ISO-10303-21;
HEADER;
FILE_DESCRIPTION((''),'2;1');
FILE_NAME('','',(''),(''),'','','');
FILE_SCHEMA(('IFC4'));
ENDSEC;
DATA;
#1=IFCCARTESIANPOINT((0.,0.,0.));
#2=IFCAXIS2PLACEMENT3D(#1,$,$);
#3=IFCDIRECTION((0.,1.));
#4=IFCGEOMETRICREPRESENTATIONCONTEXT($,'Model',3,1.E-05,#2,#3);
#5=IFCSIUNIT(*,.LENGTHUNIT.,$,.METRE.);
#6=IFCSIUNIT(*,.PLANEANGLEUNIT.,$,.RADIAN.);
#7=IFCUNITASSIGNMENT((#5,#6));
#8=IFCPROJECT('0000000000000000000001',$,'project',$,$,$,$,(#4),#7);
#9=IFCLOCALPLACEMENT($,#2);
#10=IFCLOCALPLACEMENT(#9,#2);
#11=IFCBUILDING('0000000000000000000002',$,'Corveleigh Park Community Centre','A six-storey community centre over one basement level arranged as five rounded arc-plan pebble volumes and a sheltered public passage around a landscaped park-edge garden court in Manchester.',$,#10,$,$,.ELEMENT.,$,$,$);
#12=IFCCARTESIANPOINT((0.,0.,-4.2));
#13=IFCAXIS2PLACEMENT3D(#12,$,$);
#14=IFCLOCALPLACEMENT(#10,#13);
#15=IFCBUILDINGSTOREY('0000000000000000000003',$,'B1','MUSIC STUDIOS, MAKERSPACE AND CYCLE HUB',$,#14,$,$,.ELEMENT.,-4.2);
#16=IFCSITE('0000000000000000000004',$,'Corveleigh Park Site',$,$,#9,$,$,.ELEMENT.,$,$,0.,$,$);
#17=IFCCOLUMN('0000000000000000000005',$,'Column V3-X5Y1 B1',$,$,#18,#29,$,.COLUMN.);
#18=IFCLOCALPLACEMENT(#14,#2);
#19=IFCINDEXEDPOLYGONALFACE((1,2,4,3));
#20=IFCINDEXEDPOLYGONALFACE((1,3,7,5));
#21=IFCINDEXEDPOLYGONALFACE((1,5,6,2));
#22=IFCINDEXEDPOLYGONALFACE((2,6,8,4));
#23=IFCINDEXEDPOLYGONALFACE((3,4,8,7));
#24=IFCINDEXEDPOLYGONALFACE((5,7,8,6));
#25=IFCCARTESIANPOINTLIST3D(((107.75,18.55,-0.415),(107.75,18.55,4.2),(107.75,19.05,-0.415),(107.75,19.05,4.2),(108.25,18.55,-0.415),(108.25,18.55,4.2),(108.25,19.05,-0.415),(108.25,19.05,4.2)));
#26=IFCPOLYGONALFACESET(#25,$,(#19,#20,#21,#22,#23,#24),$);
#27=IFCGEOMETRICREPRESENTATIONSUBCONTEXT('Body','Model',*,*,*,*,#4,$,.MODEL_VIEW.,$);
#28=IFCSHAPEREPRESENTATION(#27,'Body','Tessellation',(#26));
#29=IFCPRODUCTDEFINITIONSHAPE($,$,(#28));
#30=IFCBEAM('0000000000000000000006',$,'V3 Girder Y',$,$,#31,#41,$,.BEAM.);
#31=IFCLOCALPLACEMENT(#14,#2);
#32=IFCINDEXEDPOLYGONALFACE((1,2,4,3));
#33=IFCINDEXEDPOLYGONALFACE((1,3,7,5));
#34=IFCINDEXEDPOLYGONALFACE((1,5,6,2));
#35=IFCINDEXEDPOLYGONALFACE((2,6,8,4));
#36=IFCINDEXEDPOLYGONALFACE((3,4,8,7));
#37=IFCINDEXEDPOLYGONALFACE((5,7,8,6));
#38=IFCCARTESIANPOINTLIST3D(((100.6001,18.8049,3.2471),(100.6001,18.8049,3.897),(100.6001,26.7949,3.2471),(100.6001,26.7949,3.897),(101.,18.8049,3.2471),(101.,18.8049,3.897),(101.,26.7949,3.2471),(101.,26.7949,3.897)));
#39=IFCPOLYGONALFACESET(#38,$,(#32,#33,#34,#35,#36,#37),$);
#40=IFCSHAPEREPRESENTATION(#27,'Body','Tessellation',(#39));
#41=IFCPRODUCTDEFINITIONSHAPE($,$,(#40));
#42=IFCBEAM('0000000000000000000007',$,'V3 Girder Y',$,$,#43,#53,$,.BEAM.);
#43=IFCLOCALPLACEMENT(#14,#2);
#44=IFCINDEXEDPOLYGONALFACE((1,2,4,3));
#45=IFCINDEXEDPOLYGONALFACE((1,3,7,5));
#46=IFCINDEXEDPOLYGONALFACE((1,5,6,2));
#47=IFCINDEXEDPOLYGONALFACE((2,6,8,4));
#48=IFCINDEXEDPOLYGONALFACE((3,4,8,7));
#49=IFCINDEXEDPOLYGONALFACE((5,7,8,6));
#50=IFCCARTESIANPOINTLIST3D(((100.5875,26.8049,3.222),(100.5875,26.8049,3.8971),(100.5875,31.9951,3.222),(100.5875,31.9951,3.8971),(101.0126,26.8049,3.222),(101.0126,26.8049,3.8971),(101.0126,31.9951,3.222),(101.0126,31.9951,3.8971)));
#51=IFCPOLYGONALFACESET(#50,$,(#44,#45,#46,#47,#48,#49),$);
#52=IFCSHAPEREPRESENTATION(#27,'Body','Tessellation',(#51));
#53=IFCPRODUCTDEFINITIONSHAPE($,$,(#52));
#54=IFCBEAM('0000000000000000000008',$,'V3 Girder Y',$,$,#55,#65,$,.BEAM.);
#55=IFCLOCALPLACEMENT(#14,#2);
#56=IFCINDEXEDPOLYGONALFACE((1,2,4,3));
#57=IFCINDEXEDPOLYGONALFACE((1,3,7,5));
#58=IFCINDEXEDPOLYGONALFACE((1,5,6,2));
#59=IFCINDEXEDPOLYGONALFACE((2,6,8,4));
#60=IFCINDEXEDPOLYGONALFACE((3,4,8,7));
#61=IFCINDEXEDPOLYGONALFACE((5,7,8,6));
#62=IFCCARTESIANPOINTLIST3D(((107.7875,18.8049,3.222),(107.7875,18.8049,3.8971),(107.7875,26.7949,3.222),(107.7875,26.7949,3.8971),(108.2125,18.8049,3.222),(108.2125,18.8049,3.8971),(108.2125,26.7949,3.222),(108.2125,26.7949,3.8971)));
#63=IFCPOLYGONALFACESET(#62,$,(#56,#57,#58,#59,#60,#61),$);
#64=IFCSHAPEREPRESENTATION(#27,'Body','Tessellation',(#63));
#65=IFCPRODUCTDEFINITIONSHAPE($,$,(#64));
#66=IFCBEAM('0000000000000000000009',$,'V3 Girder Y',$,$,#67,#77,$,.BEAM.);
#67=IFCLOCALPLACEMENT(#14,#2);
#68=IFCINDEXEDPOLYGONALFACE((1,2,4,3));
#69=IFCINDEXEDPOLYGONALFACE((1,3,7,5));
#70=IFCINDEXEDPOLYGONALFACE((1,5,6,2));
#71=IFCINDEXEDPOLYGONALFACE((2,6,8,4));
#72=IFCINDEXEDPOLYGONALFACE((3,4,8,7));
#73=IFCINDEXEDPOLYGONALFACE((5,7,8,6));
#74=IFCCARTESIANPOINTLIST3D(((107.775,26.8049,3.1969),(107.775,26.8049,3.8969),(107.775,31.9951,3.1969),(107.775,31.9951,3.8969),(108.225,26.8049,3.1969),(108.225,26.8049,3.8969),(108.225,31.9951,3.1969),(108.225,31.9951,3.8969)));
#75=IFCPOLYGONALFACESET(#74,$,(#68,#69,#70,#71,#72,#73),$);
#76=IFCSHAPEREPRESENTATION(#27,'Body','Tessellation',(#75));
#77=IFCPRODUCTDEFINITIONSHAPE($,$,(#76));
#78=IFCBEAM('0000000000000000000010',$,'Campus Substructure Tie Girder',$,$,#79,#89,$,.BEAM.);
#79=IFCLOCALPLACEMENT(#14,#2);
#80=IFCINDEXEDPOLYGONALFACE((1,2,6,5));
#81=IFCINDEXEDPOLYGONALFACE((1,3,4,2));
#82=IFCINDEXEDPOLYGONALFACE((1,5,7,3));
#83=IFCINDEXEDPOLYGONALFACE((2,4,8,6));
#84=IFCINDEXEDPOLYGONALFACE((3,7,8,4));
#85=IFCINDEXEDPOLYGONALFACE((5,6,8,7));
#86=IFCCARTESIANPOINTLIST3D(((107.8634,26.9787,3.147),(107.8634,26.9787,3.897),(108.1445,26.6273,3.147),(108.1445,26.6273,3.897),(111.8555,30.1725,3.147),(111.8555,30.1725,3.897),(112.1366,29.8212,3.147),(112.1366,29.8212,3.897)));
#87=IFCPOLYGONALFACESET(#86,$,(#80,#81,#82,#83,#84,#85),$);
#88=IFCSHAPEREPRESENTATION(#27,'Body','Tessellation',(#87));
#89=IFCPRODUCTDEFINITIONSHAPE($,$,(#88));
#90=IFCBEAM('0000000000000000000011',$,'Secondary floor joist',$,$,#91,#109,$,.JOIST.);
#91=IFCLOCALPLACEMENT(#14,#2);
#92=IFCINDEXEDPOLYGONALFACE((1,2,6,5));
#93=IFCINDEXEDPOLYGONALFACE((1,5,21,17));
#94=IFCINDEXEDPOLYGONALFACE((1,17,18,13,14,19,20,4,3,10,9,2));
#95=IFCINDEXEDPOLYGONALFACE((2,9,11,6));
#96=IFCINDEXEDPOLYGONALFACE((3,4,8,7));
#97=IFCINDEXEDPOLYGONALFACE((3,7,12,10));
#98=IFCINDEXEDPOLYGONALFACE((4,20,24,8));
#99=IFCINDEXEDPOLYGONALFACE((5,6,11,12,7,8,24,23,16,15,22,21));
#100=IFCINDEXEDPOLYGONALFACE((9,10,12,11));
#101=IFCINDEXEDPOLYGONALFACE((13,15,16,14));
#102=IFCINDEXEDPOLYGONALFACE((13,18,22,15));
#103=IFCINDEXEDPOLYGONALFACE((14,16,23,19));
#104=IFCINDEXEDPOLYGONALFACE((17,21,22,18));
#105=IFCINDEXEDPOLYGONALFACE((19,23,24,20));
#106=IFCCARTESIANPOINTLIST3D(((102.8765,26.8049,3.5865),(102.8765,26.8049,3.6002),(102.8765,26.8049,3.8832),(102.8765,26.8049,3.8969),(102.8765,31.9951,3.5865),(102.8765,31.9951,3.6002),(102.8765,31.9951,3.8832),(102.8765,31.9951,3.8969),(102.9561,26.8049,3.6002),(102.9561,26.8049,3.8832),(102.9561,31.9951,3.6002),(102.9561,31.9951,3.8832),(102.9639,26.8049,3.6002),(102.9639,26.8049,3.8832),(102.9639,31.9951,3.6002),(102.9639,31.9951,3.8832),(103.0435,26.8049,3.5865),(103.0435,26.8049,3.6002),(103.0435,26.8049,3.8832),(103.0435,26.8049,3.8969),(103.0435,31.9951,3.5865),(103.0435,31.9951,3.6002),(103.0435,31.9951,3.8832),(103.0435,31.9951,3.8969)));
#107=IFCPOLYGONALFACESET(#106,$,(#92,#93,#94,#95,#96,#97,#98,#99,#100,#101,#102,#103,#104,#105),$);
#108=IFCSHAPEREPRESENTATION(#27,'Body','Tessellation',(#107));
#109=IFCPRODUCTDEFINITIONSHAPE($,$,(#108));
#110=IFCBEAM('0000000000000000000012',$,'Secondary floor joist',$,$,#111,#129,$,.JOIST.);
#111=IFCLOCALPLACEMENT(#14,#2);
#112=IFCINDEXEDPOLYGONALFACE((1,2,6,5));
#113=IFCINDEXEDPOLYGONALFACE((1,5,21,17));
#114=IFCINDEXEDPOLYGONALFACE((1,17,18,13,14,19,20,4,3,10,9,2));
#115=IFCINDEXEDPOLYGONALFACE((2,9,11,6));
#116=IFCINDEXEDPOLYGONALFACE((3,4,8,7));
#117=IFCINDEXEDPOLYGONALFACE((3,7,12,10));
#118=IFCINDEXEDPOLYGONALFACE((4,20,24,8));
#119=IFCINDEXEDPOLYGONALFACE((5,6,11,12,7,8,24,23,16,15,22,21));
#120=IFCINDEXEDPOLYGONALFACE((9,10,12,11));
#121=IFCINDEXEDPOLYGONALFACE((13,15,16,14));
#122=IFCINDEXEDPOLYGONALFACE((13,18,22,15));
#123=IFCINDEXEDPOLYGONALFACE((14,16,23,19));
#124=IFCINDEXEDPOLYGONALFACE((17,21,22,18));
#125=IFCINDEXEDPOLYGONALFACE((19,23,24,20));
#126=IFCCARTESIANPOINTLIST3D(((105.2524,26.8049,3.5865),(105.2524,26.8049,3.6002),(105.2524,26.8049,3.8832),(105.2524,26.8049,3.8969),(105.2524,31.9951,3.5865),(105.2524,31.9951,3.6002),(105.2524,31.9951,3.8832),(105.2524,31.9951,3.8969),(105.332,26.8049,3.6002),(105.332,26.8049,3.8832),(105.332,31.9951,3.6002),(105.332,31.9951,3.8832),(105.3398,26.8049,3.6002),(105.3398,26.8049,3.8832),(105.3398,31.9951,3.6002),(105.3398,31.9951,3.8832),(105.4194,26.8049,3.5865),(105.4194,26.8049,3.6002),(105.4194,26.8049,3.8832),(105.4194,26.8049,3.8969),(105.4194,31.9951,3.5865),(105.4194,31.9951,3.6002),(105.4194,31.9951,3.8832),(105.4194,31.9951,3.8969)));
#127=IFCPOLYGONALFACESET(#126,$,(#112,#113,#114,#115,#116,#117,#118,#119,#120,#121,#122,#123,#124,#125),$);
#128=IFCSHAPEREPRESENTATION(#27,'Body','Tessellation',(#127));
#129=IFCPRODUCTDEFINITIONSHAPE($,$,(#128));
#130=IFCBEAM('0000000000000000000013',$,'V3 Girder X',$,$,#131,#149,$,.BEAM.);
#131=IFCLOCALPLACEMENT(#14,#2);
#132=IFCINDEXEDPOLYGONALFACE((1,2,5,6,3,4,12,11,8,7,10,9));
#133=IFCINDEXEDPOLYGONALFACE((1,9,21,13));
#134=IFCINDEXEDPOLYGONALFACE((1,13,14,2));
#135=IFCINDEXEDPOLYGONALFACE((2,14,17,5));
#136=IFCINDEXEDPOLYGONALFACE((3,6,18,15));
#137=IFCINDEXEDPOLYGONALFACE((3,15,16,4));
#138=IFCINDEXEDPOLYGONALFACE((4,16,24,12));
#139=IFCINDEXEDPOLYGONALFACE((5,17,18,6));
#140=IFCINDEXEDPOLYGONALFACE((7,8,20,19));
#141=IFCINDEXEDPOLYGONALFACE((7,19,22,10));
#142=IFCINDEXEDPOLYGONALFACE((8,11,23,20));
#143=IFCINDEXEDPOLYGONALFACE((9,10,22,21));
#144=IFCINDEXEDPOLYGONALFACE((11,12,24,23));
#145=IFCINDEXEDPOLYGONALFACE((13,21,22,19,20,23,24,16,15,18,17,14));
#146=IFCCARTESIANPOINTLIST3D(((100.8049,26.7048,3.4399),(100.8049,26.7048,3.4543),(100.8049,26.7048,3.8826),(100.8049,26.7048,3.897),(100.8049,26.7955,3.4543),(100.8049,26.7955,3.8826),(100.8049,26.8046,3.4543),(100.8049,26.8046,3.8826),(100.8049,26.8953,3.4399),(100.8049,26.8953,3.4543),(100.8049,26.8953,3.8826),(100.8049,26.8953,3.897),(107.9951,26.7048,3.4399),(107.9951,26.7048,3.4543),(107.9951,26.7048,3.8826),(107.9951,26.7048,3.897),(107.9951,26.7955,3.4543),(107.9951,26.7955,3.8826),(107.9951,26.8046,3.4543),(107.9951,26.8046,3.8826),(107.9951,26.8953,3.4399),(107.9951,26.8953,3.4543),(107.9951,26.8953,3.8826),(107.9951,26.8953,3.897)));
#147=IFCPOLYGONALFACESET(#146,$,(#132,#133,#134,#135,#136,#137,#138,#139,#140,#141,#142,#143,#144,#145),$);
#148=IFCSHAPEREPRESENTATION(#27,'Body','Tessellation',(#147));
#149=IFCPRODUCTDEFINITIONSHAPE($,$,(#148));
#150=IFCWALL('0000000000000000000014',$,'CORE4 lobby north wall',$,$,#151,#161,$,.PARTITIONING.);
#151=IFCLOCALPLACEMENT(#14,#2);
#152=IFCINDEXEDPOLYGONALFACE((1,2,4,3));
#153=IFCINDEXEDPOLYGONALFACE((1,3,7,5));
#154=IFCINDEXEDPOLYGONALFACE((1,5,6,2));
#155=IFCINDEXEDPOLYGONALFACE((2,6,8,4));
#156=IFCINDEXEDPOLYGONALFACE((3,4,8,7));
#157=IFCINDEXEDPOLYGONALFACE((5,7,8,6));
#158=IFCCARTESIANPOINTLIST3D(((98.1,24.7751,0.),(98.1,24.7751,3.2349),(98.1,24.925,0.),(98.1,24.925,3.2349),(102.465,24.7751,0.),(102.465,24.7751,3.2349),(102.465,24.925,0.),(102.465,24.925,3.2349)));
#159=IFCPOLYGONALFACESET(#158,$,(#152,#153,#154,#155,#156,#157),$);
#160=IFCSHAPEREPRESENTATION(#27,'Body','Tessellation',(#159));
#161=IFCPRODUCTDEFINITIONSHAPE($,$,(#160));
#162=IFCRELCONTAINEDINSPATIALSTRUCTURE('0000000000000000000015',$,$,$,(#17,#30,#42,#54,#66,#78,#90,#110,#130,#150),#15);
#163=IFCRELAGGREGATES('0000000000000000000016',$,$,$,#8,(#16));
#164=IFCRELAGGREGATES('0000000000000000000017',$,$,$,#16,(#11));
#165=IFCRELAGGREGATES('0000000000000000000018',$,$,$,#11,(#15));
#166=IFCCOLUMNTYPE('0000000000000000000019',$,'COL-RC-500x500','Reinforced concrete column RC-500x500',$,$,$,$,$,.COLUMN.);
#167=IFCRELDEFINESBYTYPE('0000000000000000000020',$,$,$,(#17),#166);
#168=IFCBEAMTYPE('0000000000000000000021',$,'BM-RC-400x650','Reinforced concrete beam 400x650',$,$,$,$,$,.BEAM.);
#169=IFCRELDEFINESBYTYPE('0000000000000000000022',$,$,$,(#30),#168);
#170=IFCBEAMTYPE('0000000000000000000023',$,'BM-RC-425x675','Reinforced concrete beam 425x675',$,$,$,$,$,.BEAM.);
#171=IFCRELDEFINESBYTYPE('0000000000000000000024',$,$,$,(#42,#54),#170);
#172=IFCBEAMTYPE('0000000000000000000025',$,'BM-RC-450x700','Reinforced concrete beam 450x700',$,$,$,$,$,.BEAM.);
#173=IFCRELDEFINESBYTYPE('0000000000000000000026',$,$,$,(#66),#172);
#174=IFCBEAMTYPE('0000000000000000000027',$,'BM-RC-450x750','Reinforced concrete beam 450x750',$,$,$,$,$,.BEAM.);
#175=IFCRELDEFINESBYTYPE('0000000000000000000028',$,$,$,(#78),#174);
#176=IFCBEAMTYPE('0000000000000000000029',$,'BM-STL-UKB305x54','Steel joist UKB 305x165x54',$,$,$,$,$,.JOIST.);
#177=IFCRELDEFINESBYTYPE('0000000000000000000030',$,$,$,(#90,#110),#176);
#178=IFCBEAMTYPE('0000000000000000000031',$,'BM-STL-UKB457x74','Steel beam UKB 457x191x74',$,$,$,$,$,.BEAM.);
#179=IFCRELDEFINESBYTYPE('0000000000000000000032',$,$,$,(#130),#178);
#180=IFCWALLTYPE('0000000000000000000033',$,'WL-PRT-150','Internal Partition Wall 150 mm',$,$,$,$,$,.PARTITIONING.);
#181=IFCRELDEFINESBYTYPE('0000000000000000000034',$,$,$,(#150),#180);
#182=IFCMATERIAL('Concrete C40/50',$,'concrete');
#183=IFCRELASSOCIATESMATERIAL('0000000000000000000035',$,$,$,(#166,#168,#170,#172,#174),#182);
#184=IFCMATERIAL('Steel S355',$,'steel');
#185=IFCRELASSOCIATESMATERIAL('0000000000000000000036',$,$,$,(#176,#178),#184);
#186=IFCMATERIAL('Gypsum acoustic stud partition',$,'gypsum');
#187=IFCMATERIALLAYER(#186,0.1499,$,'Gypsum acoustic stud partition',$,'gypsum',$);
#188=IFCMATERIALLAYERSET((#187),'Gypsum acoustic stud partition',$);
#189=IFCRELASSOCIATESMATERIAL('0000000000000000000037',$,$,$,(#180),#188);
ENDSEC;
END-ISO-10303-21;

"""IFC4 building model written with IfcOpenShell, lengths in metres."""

from ifc_helpers import new_model, si_unit, direction, frame, frame_2d, origin, origin_2d, place, context, subcontext, project, spatial, rectangle, i_section, extrude, material, layer, layer_set, material_profile, profile_set, type_object, element, save


model = new_model("IFC4")

# Units and contexts
model_context = context("Model", 3, precision=1e-05, world=origin(), true_north=direction((0.0, 1.0)))
body_context = subcontext(model_context, "Body", "Model", "MODEL_VIEW")
ifc_project = project(units=[si_unit("LENGTHUNIT", "METRE"), si_unit("PLANEANGLEUNIT", "RADIAN")], contexts=[model_context])

# Site, building, storey
site_placement = place(None, origin())
site = spatial("IfcSite", under=ifc_project, at=site_placement, Name="Corveleigh Park Site", CompositionType="ELEMENT", RefElevation=0.0)
building_placement = place(site_placement, origin())
building = spatial("IfcBuilding", under=site, at=building_placement, Name="Corveleigh Park Community Centre", Description="A six-storey community centre over one basement level arranged as five rounded arc-plan pebble volumes and a sheltered public passage around a landscaped park-edge garden court in Manchester.", CompositionType="ELEMENT")
storey_placement = place(building_placement, frame((0.0, 0.0, -4.2)))
storey = spatial("IfcBuildingStorey", under=building, at=storey_placement, Name="B1", Description="MUSIC STUDIOS, MAKERSPACE AND CYCLE HUB", CompositionType="ELEMENT", Elevation=-4.2)

# Shared definitions
ifc_material_1 = material(Name="Concrete C40/50", Category="concrete")

# Column
ifc_material_profile_1 = material_profile(ifc_material_1, rectangle(XDim=0.5, YDim=0.5, at=origin_2d()), Name="RC-500x500", Category="concrete")
ifc_profile_set_1 = profile_set([ifc_material_profile_1], Name="Concrete C40/50")
column_type_1 = type_object("IfcColumnType", Name="COL-RC-500x500", Description="Reinforced concrete column RC-500x500", PredefinedType="COLUMN", material=ifc_profile_set_1)
column_1_placement = place(storey_placement, frame((108.0, 18.8, -0.415), z_axis=(0.0, 0.0, 1.0), x_axis=(1.0, 0.0, 0.0)))
element("IfcColumn", 1, at=column_1_placement, inside=storey, type_object=column_type_1, Name="Column V3-X5Y1 B1", PredefinedType="COLUMN", context=body_context, shape_type="SweptSolid", body=[
    extrude(rectangle(XDim=0.5, YDim=0.5, at=origin_2d()), origin(), (0.0, 0.0, 1.0), 4.615),
])

# Beams
ifc_material_profile_2 = material_profile(ifc_material_1, rectangle(XDim=0.3999, YDim=0.6499, at=origin_2d()), Name="RC-400x650", Category="concrete")
ifc_profile_set_2 = profile_set([ifc_material_profile_2], Name="Concrete C40/50")
beam_type_1 = type_object("IfcBeamType", Name="BM-RC-400x650", Description="Reinforced concrete beam 400x650", PredefinedType="BEAM", material=ifc_profile_set_2)
beam_1_placement = place(storey_placement, frame((100.8, 18.8049, 3.572), z_axis=(0.0, 1.0, 0.0), x_axis=(-1.0, 0.0, 0.0)))
element("IfcBeam", 2, at=beam_1_placement, inside=storey, type_object=beam_type_1, Name="V3 Girder Y", PredefinedType="BEAM", context=body_context, shape_type="SweptSolid", body=[
    extrude(rectangle(XDim=0.3999, YDim=0.6499, at=origin_2d()), origin(), (0.0, 0.0, 1.0), 7.99),
])
ifc_material_profile_3 = material_profile(ifc_material_1, rectangle(XDim=0.425, YDim=0.675, at=origin_2d()), Name="RC-425x675", Category="concrete")
ifc_profile_set_3 = profile_set([ifc_material_profile_3], Name="Concrete C40/50")
beam_type_2 = type_object("IfcBeamType", Name="BM-RC-425x675", Description="Reinforced concrete beam 425x675", PredefinedType="BEAM", material=ifc_profile_set_3)
beam_2_placement = place(storey_placement, frame((100.8, 26.8049, 3.5596), z_axis=(0.0, 1.0, 0.0), x_axis=(-1.0, 0.0, 0.0)))
element("IfcBeam", 3, at=beam_2_placement, inside=storey, type_object=beam_type_2, Name="V3 Girder Y", PredefinedType="BEAM", context=body_context, shape_type="SweptSolid", body=[
    extrude(rectangle(XDim=0.425, YDim=0.675, at=origin_2d()), origin(), (0.0, 0.0, 1.0), 5.1902),
])
beam_3_placement = place(storey_placement, frame((108.0, 18.8049, 3.5596), z_axis=(0.0, 1.0, 0.0), x_axis=(-1.0, 0.0, 0.0)))
element("IfcBeam", 4, at=beam_3_placement, inside=storey, type_object=beam_type_2, Name="V3 Girder Y", PredefinedType="BEAM", context=body_context, shape_type="SweptSolid", body=[
    extrude(rectangle(XDim=0.425, YDim=0.675, at=origin_2d()), origin(), (0.0, 0.0, 1.0), 7.99),
])
ifc_material_profile_4 = material_profile(ifc_material_1, rectangle(XDim=0.45, YDim=0.7, at=origin_2d()), Name="RC-450x700", Category="concrete")
ifc_profile_set_4 = profile_set([ifc_material_profile_4], Name="Concrete C40/50")
beam_type_3 = type_object("IfcBeamType", Name="BM-RC-450x700", Description="Reinforced concrete beam 450x700", PredefinedType="BEAM", material=ifc_profile_set_4)
beam_4_placement = place(storey_placement, frame((108.0, 26.8049, 3.5469), z_axis=(0.0, 1.0, 0.0), x_axis=(-1.0, 0.0, 0.0)))
element("IfcBeam", 5, at=beam_4_placement, inside=storey, type_object=beam_type_3, Name="V3 Girder Y", PredefinedType="BEAM", context=body_context, shape_type="SweptSolid", body=[
    extrude(rectangle(XDim=0.45, YDim=0.7, at=origin_2d()), origin(), (0.0, 0.0, 1.0), 5.1902),
])
ifc_material_profile_5 = material_profile(ifc_material_1, rectangle(XDim=0.45, YDim=0.75, at=origin_2d()), Name="RC-450x750", Category="concrete")
ifc_profile_set_5 = profile_set([ifc_material_profile_5], Name="Concrete C40/50")
beam_type_4 = type_object("IfcBeamType", Name="BM-RC-450x750", Description="Reinforced concrete beam 450x750", PredefinedType="BEAM", material=ifc_profile_set_5)
beam_5_placement = place(storey_placement, frame((111.9961, 29.9968, 3.522), z_axis=(-0.780859, -0.624707, 0.0), x_axis=(0.624707, -0.780859, 0.0)))
element("IfcBeam", 6, at=beam_5_placement, inside=storey, type_object=beam_type_4, Name="Campus Substructure Tie Girder", PredefinedType="BEAM", context=body_context, shape_type="SweptSolid", body=[
    extrude(rectangle(XDim=0.45, YDim=0.75, at=origin_2d()), origin(), (0.0, 0.0, 1.0), 5.1125),
])
ifc_material_2 = material(Name="Steel S355", Category="steel")
ifc_material_profile_6 = material_profile(ifc_material_2, i_section(OverallWidth=0.167, OverallDepth=0.3103, WebThickness=0.0078, FlangeThickness=0.0137, at=origin_2d()), Name="UKB 305x165x54", Category="steel")
ifc_profile_set_6 = profile_set([ifc_material_profile_6], Name="Steel S355")
beam_type_5 = type_object("IfcBeamType", Name="BM-STL-UKB305x54", Description="Steel joist UKB 305x165x54", PredefinedType="JOIST", material=ifc_profile_set_6)
for number, where, z_axis, x_axis, name in (
    (7, (102.96, 26.8049, 3.7417), (0.0, 1.0, 0.0), (-1.0, 0.0, 0.0), "Secondary floor joist"),
    (8, (105.3359, 26.8049, 3.7417), (0.0, 1.0, 0.0), (-1.0, 0.0, 0.0), "Secondary floor joist"),
):
    element("IfcBeam", number, at=place(storey_placement, frame(where, z_axis=z_axis, x_axis=x_axis)), inside=storey, type_object=beam_type_5, Name=name, PredefinedType="JOIST", context=body_context, shape_type="SweptSolid", body=[
        extrude(i_section(OverallWidth=0.167, OverallDepth=0.3103, WebThickness=0.0078, FlangeThickness=0.0137, at=origin_2d()), origin(), (0.0, 0.0, 1.0), 5.1902),
    ])
ifc_material_profile_7 = material_profile(ifc_material_2, i_section(OverallWidth=0.1904, OverallDepth=0.457, WebThickness=0.009, FlangeThickness=0.0144, at=origin_2d()), Name="UKB 457x191x74", Category="steel")
ifc_profile_set_7 = profile_set([ifc_material_profile_7], Name="Steel S355")
beam_type_6 = type_object("IfcBeamType", Name="BM-STL-UKB457x74", Description="Steel beam UKB 457x191x74", PredefinedType="BEAM", material=ifc_profile_set_7)
beam_6_placement = place(storey_placement, frame((100.8049, 26.8, 3.6685), z_axis=(1.0, 0.0, 0.0), x_axis=(0.0, 1.0, 0.0)))
element("IfcBeam", 9, at=beam_6_placement, inside=storey, type_object=beam_type_6, Name="V3 Girder X", PredefinedType="BEAM", context=body_context, shape_type="SweptSolid", body=[
    extrude(i_section(OverallWidth=0.1904, OverallDepth=0.457, WebThickness=0.009, FlangeThickness=0.0144, at=origin_2d()), origin(), (0.0, 0.0, 1.0), 7.1902),
])

# Wall
ifc_material_3 = material(Name="Gypsum acoustic stud partition", Category="gypsum")
ifc_layer_1 = layer(ifc_material_3, 0.1499, Name="Gypsum acoustic stud partition", Category="gypsum")
ifc_layer_set_1 = layer_set([ifc_layer_1], Name="Gypsum acoustic stud partition")
wall_type_1 = type_object("IfcWallType", Name="WL-PRT-150", Description="Internal Partition Wall 150 mm", PredefinedType="PARTITIONING", material=ifc_layer_set_1)
wall_1_placement = place(storey_placement, frame((102.4651, 24.8501, 0.0), z_axis=(0.0, 0.0, 1.0), x_axis=(-1.0, 0.0, 0.0)))
element("IfcWall", 10, at=wall_1_placement, inside=storey, type_object=wall_type_1, Name="CORE4 lobby north wall", PredefinedType="PARTITIONING", context=body_context, shape_type="SweptSolid", body=[
    extrude(rectangle(XDim=4.365, YDim=0.1499, at=frame_2d((2.1826, 0.0))), origin(), (0.0, 0.0, 1.0), 3.2349),
])

save(model, "model.ifc")
